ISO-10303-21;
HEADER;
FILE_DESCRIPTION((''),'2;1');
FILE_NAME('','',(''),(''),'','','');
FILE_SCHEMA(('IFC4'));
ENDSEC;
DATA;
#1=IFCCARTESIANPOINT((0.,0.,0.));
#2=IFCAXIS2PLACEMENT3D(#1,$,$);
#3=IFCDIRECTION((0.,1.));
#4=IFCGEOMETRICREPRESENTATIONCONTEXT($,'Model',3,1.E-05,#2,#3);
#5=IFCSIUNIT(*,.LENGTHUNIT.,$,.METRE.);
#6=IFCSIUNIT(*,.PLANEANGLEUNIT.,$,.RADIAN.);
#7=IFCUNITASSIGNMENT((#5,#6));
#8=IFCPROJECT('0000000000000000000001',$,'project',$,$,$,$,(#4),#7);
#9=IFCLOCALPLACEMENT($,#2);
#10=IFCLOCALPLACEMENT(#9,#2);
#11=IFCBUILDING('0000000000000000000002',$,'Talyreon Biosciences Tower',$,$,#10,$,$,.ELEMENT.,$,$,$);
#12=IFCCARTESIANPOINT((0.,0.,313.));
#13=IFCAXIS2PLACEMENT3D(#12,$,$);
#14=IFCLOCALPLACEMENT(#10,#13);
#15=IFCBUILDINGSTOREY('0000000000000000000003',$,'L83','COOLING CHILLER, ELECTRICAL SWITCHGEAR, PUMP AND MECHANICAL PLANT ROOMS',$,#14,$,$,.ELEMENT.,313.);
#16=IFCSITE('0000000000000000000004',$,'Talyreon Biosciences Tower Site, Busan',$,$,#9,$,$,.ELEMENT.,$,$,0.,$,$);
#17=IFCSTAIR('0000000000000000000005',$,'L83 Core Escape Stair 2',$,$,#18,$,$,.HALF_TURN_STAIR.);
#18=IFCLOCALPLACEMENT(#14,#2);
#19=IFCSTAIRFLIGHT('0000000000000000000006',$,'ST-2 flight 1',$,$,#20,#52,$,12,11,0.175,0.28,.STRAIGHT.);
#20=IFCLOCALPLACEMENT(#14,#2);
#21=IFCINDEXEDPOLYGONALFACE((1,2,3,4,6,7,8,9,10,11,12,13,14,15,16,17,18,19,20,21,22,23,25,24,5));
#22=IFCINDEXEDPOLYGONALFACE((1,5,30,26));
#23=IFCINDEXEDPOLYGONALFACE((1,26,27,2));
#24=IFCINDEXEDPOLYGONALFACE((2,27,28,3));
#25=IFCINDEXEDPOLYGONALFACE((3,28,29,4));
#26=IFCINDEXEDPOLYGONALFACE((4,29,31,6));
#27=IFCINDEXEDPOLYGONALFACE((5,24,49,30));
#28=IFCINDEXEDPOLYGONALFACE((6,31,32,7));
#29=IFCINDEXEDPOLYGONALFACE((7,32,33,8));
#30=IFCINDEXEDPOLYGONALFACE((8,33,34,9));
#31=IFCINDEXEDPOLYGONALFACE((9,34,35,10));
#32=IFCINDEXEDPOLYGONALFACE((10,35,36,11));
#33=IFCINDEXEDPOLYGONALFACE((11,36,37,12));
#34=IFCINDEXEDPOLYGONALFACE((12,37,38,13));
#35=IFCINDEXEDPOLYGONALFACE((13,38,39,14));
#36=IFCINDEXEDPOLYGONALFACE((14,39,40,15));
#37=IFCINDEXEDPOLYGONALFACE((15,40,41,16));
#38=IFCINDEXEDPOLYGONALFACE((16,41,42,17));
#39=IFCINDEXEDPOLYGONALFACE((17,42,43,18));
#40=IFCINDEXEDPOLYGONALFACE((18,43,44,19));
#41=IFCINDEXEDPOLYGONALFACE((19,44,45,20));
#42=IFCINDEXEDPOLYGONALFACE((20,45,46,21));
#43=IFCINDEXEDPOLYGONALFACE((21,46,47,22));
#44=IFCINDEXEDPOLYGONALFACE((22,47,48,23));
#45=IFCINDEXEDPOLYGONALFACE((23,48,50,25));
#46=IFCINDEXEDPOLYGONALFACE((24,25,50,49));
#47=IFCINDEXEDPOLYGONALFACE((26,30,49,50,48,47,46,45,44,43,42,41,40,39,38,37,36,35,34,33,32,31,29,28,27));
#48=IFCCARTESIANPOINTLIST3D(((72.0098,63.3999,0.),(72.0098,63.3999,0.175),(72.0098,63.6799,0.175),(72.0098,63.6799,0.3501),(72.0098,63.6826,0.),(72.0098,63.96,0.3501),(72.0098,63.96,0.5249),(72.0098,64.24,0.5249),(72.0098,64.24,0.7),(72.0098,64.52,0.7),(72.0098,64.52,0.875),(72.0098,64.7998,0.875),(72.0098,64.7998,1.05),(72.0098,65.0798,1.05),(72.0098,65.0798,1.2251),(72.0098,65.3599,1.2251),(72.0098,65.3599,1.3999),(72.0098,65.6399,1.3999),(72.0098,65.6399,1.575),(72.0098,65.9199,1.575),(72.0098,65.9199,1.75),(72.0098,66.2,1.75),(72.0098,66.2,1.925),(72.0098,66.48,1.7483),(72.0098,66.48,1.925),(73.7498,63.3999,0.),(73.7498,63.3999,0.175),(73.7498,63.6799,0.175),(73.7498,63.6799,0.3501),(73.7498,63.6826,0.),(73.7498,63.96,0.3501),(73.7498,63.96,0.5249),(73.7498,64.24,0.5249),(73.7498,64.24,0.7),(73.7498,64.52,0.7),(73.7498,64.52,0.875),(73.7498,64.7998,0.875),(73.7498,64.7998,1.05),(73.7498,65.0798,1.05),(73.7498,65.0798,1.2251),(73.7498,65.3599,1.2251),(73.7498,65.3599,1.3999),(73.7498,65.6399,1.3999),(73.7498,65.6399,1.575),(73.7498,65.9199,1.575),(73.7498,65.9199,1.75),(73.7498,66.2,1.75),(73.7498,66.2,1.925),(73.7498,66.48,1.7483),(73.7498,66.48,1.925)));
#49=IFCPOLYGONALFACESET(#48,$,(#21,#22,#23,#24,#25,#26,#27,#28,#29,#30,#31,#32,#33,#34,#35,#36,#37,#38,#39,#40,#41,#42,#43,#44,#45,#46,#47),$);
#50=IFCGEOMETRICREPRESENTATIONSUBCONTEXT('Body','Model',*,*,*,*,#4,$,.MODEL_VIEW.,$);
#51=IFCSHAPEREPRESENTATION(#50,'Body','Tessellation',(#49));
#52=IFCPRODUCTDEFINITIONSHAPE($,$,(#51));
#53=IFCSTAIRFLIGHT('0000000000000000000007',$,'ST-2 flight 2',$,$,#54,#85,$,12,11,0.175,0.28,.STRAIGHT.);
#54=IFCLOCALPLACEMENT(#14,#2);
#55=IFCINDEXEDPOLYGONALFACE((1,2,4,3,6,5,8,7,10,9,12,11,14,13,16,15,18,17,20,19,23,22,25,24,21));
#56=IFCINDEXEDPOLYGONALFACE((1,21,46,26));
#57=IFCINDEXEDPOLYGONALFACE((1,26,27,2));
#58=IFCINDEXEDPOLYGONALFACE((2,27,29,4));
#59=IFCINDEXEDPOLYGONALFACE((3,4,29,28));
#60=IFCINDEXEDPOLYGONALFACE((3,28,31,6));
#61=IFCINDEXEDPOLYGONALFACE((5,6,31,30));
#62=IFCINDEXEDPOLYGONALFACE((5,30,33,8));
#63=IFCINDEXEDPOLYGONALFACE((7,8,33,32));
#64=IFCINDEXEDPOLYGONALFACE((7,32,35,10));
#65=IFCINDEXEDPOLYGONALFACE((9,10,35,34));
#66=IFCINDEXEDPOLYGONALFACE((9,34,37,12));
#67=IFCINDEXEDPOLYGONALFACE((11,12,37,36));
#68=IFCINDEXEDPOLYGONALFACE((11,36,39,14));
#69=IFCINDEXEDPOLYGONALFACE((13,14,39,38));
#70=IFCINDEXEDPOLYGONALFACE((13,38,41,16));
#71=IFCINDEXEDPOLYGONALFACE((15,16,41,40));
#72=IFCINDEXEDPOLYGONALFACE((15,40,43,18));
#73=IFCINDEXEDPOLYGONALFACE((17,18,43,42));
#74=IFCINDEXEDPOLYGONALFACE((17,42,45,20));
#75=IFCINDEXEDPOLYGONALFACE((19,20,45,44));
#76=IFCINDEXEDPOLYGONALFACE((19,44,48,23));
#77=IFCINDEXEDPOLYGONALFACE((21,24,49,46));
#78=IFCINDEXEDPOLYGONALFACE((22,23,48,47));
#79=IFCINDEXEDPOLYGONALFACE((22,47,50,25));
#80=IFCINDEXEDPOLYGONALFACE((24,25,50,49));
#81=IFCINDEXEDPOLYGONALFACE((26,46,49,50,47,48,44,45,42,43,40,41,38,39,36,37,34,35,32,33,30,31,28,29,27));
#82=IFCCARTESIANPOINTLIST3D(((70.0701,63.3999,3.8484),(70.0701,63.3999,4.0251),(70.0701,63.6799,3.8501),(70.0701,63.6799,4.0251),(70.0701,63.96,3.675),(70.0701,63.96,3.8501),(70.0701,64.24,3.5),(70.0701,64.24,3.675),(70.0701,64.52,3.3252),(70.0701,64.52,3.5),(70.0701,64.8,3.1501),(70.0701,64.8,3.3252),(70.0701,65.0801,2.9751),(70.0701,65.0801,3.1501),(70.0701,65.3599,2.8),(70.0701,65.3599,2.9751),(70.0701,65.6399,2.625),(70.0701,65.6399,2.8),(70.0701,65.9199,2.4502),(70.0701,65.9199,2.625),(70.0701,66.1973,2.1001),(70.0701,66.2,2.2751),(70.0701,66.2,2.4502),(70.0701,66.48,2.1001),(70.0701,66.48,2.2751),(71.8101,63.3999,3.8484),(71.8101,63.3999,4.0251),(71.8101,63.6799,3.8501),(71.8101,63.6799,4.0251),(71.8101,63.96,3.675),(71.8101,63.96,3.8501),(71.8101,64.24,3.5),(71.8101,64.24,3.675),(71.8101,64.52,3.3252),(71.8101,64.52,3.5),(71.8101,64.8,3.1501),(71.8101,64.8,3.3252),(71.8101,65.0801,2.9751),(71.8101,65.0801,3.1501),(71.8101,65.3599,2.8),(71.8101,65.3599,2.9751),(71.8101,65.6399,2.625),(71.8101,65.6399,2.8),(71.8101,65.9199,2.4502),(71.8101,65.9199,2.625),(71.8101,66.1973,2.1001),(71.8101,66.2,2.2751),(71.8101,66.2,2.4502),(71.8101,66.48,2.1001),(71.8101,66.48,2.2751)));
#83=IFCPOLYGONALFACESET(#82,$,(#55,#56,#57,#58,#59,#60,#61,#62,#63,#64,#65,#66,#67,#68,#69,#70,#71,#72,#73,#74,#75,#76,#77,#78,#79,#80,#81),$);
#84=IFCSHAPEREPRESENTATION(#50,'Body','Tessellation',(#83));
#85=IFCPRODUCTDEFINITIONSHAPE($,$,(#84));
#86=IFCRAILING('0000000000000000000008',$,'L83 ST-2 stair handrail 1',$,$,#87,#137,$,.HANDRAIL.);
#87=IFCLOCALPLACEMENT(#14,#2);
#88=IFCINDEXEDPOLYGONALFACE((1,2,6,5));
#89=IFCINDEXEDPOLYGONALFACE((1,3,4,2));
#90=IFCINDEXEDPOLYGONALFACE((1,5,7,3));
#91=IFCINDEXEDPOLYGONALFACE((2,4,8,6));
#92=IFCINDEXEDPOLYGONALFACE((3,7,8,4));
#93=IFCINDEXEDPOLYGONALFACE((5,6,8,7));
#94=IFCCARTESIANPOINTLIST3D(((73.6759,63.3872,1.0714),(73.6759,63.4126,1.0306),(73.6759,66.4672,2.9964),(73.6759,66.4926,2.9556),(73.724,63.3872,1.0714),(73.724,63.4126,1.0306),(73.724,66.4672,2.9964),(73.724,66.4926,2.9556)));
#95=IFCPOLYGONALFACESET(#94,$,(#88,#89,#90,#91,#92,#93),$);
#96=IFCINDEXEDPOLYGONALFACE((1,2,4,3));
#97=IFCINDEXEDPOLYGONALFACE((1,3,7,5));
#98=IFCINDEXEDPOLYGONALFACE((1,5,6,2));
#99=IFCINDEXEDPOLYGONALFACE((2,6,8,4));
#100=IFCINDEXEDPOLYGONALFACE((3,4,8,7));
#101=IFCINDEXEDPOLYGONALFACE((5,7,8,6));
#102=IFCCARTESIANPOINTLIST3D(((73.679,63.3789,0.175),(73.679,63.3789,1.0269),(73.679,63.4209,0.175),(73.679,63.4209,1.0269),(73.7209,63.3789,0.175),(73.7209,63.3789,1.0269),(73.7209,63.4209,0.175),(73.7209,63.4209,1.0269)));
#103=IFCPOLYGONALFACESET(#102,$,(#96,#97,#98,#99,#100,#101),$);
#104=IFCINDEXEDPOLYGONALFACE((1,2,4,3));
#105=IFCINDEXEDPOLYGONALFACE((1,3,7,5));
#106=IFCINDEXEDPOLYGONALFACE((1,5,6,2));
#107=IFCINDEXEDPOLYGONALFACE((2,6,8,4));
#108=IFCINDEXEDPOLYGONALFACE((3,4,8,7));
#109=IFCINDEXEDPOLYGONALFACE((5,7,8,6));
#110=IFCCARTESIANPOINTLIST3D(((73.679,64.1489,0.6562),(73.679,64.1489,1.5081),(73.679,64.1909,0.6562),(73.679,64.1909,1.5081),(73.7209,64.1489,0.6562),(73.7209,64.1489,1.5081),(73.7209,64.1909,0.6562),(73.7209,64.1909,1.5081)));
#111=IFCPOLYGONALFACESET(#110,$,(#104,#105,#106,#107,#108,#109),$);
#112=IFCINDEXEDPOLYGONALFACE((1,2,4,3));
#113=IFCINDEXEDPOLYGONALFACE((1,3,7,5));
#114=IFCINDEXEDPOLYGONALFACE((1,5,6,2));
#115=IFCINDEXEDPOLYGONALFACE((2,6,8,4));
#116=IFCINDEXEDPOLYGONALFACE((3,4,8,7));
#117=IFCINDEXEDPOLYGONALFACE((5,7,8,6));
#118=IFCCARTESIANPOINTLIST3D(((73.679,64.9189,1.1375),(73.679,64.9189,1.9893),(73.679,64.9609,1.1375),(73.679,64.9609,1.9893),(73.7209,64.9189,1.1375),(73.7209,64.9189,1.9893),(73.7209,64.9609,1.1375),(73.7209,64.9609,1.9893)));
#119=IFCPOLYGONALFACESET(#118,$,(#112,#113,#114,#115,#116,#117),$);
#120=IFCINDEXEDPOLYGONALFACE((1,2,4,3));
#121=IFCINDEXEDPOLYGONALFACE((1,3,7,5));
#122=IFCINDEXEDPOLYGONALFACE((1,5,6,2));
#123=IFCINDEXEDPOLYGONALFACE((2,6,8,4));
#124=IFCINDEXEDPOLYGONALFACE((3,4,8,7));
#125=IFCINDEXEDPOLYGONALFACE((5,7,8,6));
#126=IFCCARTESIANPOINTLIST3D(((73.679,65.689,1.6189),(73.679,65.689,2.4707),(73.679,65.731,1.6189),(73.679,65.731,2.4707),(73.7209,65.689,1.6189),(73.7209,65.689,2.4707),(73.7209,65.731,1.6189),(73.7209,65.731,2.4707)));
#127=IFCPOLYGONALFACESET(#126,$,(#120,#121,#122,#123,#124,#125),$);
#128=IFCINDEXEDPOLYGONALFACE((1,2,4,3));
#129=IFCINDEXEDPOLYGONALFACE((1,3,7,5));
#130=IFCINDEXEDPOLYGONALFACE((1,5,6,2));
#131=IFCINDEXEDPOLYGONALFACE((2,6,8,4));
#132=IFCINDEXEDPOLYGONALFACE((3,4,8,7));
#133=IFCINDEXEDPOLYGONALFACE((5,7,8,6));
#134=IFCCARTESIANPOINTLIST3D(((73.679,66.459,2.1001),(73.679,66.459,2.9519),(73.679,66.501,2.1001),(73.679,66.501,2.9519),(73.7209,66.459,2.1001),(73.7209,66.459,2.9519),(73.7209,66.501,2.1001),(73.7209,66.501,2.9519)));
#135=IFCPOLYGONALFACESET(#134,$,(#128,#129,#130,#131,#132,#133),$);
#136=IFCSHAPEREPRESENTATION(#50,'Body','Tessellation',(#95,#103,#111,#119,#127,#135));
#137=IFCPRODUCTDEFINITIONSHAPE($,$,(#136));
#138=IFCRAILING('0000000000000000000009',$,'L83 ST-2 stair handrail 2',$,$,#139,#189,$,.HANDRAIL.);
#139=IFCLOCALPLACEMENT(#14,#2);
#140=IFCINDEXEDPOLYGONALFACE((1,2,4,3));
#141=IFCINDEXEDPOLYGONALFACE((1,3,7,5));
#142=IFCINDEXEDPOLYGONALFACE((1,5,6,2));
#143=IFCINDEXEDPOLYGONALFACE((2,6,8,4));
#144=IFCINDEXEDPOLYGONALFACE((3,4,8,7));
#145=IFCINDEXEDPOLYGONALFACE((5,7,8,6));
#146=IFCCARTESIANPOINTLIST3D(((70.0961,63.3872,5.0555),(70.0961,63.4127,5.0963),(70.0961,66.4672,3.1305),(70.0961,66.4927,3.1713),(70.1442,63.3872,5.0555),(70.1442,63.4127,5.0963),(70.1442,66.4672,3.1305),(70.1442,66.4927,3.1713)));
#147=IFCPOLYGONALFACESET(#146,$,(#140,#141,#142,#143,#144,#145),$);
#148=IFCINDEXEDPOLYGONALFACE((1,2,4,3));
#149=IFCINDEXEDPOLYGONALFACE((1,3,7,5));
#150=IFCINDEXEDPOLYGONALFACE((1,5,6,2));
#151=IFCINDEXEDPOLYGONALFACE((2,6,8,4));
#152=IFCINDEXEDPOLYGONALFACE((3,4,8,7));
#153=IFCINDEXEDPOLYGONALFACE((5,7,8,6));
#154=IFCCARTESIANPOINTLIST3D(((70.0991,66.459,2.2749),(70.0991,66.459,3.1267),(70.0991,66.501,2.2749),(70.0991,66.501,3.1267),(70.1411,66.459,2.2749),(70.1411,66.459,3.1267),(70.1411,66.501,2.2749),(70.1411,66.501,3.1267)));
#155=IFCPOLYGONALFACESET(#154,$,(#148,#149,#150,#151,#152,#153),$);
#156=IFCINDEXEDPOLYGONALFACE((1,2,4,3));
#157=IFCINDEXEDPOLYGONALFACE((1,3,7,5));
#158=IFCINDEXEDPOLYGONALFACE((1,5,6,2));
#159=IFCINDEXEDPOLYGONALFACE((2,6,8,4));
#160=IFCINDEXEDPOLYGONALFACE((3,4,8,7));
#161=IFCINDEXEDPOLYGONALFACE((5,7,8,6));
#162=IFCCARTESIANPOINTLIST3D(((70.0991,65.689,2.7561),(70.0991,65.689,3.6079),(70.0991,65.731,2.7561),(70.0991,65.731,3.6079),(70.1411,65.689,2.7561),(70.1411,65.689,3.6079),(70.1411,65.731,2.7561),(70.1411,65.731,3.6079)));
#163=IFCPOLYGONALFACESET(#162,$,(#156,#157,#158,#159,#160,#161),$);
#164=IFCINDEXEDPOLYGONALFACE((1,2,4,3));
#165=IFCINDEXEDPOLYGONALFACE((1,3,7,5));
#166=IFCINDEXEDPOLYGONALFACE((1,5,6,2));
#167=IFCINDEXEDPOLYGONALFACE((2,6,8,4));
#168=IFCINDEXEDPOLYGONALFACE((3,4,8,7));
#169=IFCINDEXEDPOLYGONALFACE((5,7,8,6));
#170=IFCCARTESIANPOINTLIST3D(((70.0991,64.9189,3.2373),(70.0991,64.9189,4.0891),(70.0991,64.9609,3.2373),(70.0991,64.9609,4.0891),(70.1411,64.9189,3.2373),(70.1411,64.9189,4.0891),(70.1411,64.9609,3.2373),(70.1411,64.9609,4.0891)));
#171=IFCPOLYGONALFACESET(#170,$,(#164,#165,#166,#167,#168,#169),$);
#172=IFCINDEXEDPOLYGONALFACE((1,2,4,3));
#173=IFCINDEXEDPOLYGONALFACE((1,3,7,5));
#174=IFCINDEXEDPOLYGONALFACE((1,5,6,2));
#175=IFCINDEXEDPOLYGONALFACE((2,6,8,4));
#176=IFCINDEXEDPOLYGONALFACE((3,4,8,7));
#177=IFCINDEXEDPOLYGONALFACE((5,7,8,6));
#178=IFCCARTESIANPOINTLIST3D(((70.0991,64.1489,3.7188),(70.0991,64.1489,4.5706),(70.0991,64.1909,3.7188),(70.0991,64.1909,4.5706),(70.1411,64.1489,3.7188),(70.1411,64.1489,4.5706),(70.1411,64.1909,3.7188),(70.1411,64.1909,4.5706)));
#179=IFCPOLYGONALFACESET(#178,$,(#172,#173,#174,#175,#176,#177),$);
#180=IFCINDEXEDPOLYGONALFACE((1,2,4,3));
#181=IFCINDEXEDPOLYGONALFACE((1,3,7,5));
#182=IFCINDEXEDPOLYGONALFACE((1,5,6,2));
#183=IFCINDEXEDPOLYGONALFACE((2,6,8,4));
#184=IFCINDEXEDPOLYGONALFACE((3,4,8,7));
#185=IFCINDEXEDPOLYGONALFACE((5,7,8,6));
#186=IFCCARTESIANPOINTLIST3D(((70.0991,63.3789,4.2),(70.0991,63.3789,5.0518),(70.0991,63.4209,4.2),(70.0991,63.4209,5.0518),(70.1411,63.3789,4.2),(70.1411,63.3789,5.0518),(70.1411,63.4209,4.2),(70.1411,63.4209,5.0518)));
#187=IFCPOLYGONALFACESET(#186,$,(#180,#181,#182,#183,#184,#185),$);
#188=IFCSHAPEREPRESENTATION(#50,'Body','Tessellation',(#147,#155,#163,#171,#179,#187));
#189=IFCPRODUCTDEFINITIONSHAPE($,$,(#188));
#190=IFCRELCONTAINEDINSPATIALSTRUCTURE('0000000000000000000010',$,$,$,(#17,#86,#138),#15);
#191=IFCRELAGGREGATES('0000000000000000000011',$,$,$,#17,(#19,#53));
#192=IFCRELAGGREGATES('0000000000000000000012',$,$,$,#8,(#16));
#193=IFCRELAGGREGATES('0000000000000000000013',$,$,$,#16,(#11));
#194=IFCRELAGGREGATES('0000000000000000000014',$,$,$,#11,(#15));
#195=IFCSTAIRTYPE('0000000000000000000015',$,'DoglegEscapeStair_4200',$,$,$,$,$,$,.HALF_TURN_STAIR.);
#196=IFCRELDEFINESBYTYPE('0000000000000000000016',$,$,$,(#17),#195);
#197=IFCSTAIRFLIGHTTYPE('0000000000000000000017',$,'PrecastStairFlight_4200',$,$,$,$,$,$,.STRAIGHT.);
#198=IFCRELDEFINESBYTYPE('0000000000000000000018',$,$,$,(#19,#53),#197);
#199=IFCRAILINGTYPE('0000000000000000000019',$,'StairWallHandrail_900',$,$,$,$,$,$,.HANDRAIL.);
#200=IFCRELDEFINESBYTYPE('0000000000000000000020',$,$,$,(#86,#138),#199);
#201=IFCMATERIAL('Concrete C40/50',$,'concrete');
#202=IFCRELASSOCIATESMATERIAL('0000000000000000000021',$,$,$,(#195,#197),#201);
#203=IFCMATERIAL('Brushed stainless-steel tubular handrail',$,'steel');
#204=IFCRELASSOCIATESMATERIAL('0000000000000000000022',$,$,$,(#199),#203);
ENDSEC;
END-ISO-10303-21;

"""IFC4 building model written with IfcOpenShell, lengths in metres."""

from ifc_helpers import new_model, si_unit, direction, frame, origin, origin_2d, place, context, subcontext, project, spatial, polyline, rectangle, outline, extrude, material, type_object, element, aggregate, save


model = new_model("IFC4")

# Units and contexts
model_context = context("Model", 3, precision=1e-05, world=origin(), true_north=direction((0.0, 1.0)))
body_context = subcontext(model_context, "Body", "Model", "MODEL_VIEW")
ifc_project = project(units=[si_unit("LENGTHUNIT", "METRE"), si_unit("PLANEANGLEUNIT", "RADIAN")], contexts=[model_context])

# Site, building, storey
site_placement = place(None, origin())
site = spatial("IfcSite", under=ifc_project, at=site_placement, Name="Talyreon Biosciences Tower Site, Busan", CompositionType="ELEMENT", RefElevation=0.0)
building_placement = place(site_placement, origin())
building = spatial("IfcBuilding", under=site, at=building_placement, Name="Talyreon Biosciences Tower", CompositionType="ELEMENT")
storey_placement = place(building_placement, frame((0.0, 0.0, 313.0)))
storey = spatial("IfcBuildingStorey", under=building, at=storey_placement, Name="L83", Description="COOLING CHILLER, ELECTRICAL SWITCHGEAR, PUMP AND MECHANICAL PLANT ROOMS", CompositionType="ELEMENT", Elevation=313.0)

# Stair, stair flights
ifc_material_1 = material(Name="Concrete C40/50", Category="concrete")
stair_type = type_object("IfcStairType", Name="DoglegEscapeStair_4200", PredefinedType="HALF_TURN_STAIR", material=ifc_material_1)
stair_placement = place(storey_placement, origin())
stair = element("IfcStair", 1, at=stair_placement, inside=storey, type_object=stair_type, Name="L83 Core Escape Stair 2", PredefinedType="HALF_TURN_STAIR")
stair_flight_type = type_object("IfcStairFlightType", Name="PrecastStairFlight_4200", PredefinedType="STRAIGHT", material=ifc_material_1)
stair_flight_1_placement = place(storey_placement, frame((72.8799, 63.3999, 0.0), z_axis=(0.0, 0.0, 1.0), x_axis=(0.0, 1.0, 0.0)))
stair_flight_1 = element("IfcStairFlight", 2, at=stair_flight_1_placement, type_object=stair_flight_type, Name="ST-2 flight 1", NumberOfRisers=12, NumberOfTreads=11, PredefinedType="STRAIGHT", RiserHeight=0.175, TreadLength=0.28, context=body_context, shape_type="SweptSolid", body=[
    extrude(outline(polyline([(0.0, 0.0), (0.0, 0.175), (0.28, 0.175), (0.28, 0.3501), (0.5601, 0.3501), (0.5601, 0.5249), (0.8401, 0.5249), (0.8401, 0.7), (1.1201, 0.7), (1.1201, 0.875), (1.3999, 0.875), (1.3999, 1.05), (1.6799, 1.05), (1.6799, 1.2251), (1.96, 1.2251), (1.96, 1.3999), (2.24, 1.3999), (2.24, 1.575), (2.52, 1.575), (2.52, 1.75), (2.8, 1.75), (2.8, 1.925), (3.0801, 1.925), (3.0801, 2.1001), (3.0801, 1.7483), (0.2827, 0.0), (0.0, 0.0)])), frame((0.0, 0.8701, 0.0), z_axis=(0.0, -1.0, 0.0), x_axis=(1.0, 0.0, 0.0)), (0.0, 0.0, 1.0), 1.74),
])
stair_flight_2_placement = place(storey_placement, frame((70.9399, 66.48, 2.1001), z_axis=(0.0, 0.0, 1.0), x_axis=(0.0, -1.0, 0.0)))
stair_flight_2 = element("IfcStairFlight", 3, at=stair_flight_2_placement, type_object=stair_flight_type, Name="ST-2 flight 2", NumberOfRisers=12, NumberOfTreads=11, PredefinedType="STRAIGHT", RiserHeight=0.175, TreadLength=0.28, context=body_context, shape_type="SweptSolid", body=[
    extrude(outline(polyline([(0.0, 0.0), (0.0, 0.175), (0.28, 0.175), (0.28, 0.3501), (0.5601, 0.3501), (0.5601, 0.5249), (0.8401, 0.5249), (0.8401, 0.7), (1.1201, 0.7), (1.1201, 0.875), (1.3999, 0.875), (1.3999, 1.05), (1.6799, 1.05), (1.6799, 1.2251), (1.96, 1.2251), (1.96, 1.3999), (2.24, 1.3999), (2.24, 1.575), (2.52, 1.575), (2.52, 1.75), (2.8, 1.75), (2.8, 1.925), (3.0801, 1.925), (3.0801, 2.1001), (3.0801, 1.7483), (0.2827, 0.0), (0.0, 0.0)])), frame((0.0, 0.8701, 0.0), z_axis=(0.0, -1.0, 0.0), x_axis=(1.0, 0.0, 0.0)), (0.0, 0.0, 1.0), 1.74),
])
aggregate(stair, [stair_flight_1, stair_flight_2])

# Railings
ifc_material_2 = material(Name="Brushed stainless-steel tubular handrail", Category="steel")
railing_type_1 = type_object("IfcRailingType", Name="StairWallHandrail_900", PredefinedType="HANDRAIL", material=ifc_material_2)
railing_1_placement = place(storey_placement, frame((73.7, 63.3999, 0.175)))
element("IfcRailing", 4, at=railing_1_placement, inside=storey, type_object=railing_type_1, Name="L83 ST-2 stair handrail 1", PredefinedType="HANDRAIL", context=body_context, shape_type="SweptSolid", body=[
    extrude(rectangle(XDim=0.0481, YDim=0.0481, at=origin_2d()), frame((0.0, 0.0, 0.876), z_axis=(0.0, 0.847998, 0.529999), x_axis=(-1.0, 0.0, 0.0)), (0.0, 0.0, 1.0), 3.6321),
    extrude(rectangle(XDim=0.042, YDim=0.042, at=origin_2d()), origin(), (0.0, 0.0, 1.0), 0.8518),
    extrude(rectangle(XDim=0.042, YDim=0.042, at=origin_2d()), frame((0.0, 0.77, 0.4812)), (0.0, 0.0, 1.0), 0.8518),
    extrude(rectangle(XDim=0.042, YDim=0.042, at=origin_2d()), frame((0.0, 1.54, 0.9624)), (0.0, 0.0, 1.0), 0.8518),
    extrude(rectangle(XDim=0.042, YDim=0.042, at=origin_2d()), frame((0.0, 2.3101, 1.4438)), (0.0, 0.0, 1.0), 0.8518),
    extrude(rectangle(XDim=0.042, YDim=0.042, at=origin_2d()), frame((0.0, 3.0801, 1.925)), (0.0, 0.0, 1.0), 0.8518),
])
railing_2_placement = place(storey_placement, frame((70.1201, 66.48, 2.2749)))
element("IfcRailing", 5, at=railing_2_placement, inside=storey, type_object=railing_type_1, Name="L83 ST-2 stair handrail 2", PredefinedType="HANDRAIL", context=body_context, shape_type="SweptSolid", body=[
    extrude(rectangle(XDim=0.0481, YDim=0.0481, at=origin_2d()), frame((0.0, 0.0, 0.876), z_axis=(0.0, -0.847998, 0.529999), x_axis=(1.0, 0.0, 0.0)), (0.0, 0.0, 1.0), 3.6321),
    extrude(rectangle(XDim=0.042, YDim=0.042, at=origin_2d()), origin(), (0.0, 0.0, 1.0), 0.8518),
    extrude(rectangle(XDim=0.042, YDim=0.042, at=origin_2d()), frame((0.0, -0.77, 0.4812)), (0.0, 0.0, 1.0), 0.8518),
    extrude(rectangle(XDim=0.042, YDim=0.042, at=origin_2d()), frame((0.0, -1.54, 0.9624)), (0.0, 0.0, 1.0), 0.8518),
    extrude(rectangle(XDim=0.042, YDim=0.042, at=origin_2d()), frame((0.0, -2.3101, 1.4438)), (0.0, 0.0, 1.0), 0.8518),
    extrude(rectangle(XDim=0.042, YDim=0.042, at=origin_2d()), frame((0.0, -3.0801, 1.925)), (0.0, 0.0, 1.0), 0.8518),
])

save(model, "model.ifc")
